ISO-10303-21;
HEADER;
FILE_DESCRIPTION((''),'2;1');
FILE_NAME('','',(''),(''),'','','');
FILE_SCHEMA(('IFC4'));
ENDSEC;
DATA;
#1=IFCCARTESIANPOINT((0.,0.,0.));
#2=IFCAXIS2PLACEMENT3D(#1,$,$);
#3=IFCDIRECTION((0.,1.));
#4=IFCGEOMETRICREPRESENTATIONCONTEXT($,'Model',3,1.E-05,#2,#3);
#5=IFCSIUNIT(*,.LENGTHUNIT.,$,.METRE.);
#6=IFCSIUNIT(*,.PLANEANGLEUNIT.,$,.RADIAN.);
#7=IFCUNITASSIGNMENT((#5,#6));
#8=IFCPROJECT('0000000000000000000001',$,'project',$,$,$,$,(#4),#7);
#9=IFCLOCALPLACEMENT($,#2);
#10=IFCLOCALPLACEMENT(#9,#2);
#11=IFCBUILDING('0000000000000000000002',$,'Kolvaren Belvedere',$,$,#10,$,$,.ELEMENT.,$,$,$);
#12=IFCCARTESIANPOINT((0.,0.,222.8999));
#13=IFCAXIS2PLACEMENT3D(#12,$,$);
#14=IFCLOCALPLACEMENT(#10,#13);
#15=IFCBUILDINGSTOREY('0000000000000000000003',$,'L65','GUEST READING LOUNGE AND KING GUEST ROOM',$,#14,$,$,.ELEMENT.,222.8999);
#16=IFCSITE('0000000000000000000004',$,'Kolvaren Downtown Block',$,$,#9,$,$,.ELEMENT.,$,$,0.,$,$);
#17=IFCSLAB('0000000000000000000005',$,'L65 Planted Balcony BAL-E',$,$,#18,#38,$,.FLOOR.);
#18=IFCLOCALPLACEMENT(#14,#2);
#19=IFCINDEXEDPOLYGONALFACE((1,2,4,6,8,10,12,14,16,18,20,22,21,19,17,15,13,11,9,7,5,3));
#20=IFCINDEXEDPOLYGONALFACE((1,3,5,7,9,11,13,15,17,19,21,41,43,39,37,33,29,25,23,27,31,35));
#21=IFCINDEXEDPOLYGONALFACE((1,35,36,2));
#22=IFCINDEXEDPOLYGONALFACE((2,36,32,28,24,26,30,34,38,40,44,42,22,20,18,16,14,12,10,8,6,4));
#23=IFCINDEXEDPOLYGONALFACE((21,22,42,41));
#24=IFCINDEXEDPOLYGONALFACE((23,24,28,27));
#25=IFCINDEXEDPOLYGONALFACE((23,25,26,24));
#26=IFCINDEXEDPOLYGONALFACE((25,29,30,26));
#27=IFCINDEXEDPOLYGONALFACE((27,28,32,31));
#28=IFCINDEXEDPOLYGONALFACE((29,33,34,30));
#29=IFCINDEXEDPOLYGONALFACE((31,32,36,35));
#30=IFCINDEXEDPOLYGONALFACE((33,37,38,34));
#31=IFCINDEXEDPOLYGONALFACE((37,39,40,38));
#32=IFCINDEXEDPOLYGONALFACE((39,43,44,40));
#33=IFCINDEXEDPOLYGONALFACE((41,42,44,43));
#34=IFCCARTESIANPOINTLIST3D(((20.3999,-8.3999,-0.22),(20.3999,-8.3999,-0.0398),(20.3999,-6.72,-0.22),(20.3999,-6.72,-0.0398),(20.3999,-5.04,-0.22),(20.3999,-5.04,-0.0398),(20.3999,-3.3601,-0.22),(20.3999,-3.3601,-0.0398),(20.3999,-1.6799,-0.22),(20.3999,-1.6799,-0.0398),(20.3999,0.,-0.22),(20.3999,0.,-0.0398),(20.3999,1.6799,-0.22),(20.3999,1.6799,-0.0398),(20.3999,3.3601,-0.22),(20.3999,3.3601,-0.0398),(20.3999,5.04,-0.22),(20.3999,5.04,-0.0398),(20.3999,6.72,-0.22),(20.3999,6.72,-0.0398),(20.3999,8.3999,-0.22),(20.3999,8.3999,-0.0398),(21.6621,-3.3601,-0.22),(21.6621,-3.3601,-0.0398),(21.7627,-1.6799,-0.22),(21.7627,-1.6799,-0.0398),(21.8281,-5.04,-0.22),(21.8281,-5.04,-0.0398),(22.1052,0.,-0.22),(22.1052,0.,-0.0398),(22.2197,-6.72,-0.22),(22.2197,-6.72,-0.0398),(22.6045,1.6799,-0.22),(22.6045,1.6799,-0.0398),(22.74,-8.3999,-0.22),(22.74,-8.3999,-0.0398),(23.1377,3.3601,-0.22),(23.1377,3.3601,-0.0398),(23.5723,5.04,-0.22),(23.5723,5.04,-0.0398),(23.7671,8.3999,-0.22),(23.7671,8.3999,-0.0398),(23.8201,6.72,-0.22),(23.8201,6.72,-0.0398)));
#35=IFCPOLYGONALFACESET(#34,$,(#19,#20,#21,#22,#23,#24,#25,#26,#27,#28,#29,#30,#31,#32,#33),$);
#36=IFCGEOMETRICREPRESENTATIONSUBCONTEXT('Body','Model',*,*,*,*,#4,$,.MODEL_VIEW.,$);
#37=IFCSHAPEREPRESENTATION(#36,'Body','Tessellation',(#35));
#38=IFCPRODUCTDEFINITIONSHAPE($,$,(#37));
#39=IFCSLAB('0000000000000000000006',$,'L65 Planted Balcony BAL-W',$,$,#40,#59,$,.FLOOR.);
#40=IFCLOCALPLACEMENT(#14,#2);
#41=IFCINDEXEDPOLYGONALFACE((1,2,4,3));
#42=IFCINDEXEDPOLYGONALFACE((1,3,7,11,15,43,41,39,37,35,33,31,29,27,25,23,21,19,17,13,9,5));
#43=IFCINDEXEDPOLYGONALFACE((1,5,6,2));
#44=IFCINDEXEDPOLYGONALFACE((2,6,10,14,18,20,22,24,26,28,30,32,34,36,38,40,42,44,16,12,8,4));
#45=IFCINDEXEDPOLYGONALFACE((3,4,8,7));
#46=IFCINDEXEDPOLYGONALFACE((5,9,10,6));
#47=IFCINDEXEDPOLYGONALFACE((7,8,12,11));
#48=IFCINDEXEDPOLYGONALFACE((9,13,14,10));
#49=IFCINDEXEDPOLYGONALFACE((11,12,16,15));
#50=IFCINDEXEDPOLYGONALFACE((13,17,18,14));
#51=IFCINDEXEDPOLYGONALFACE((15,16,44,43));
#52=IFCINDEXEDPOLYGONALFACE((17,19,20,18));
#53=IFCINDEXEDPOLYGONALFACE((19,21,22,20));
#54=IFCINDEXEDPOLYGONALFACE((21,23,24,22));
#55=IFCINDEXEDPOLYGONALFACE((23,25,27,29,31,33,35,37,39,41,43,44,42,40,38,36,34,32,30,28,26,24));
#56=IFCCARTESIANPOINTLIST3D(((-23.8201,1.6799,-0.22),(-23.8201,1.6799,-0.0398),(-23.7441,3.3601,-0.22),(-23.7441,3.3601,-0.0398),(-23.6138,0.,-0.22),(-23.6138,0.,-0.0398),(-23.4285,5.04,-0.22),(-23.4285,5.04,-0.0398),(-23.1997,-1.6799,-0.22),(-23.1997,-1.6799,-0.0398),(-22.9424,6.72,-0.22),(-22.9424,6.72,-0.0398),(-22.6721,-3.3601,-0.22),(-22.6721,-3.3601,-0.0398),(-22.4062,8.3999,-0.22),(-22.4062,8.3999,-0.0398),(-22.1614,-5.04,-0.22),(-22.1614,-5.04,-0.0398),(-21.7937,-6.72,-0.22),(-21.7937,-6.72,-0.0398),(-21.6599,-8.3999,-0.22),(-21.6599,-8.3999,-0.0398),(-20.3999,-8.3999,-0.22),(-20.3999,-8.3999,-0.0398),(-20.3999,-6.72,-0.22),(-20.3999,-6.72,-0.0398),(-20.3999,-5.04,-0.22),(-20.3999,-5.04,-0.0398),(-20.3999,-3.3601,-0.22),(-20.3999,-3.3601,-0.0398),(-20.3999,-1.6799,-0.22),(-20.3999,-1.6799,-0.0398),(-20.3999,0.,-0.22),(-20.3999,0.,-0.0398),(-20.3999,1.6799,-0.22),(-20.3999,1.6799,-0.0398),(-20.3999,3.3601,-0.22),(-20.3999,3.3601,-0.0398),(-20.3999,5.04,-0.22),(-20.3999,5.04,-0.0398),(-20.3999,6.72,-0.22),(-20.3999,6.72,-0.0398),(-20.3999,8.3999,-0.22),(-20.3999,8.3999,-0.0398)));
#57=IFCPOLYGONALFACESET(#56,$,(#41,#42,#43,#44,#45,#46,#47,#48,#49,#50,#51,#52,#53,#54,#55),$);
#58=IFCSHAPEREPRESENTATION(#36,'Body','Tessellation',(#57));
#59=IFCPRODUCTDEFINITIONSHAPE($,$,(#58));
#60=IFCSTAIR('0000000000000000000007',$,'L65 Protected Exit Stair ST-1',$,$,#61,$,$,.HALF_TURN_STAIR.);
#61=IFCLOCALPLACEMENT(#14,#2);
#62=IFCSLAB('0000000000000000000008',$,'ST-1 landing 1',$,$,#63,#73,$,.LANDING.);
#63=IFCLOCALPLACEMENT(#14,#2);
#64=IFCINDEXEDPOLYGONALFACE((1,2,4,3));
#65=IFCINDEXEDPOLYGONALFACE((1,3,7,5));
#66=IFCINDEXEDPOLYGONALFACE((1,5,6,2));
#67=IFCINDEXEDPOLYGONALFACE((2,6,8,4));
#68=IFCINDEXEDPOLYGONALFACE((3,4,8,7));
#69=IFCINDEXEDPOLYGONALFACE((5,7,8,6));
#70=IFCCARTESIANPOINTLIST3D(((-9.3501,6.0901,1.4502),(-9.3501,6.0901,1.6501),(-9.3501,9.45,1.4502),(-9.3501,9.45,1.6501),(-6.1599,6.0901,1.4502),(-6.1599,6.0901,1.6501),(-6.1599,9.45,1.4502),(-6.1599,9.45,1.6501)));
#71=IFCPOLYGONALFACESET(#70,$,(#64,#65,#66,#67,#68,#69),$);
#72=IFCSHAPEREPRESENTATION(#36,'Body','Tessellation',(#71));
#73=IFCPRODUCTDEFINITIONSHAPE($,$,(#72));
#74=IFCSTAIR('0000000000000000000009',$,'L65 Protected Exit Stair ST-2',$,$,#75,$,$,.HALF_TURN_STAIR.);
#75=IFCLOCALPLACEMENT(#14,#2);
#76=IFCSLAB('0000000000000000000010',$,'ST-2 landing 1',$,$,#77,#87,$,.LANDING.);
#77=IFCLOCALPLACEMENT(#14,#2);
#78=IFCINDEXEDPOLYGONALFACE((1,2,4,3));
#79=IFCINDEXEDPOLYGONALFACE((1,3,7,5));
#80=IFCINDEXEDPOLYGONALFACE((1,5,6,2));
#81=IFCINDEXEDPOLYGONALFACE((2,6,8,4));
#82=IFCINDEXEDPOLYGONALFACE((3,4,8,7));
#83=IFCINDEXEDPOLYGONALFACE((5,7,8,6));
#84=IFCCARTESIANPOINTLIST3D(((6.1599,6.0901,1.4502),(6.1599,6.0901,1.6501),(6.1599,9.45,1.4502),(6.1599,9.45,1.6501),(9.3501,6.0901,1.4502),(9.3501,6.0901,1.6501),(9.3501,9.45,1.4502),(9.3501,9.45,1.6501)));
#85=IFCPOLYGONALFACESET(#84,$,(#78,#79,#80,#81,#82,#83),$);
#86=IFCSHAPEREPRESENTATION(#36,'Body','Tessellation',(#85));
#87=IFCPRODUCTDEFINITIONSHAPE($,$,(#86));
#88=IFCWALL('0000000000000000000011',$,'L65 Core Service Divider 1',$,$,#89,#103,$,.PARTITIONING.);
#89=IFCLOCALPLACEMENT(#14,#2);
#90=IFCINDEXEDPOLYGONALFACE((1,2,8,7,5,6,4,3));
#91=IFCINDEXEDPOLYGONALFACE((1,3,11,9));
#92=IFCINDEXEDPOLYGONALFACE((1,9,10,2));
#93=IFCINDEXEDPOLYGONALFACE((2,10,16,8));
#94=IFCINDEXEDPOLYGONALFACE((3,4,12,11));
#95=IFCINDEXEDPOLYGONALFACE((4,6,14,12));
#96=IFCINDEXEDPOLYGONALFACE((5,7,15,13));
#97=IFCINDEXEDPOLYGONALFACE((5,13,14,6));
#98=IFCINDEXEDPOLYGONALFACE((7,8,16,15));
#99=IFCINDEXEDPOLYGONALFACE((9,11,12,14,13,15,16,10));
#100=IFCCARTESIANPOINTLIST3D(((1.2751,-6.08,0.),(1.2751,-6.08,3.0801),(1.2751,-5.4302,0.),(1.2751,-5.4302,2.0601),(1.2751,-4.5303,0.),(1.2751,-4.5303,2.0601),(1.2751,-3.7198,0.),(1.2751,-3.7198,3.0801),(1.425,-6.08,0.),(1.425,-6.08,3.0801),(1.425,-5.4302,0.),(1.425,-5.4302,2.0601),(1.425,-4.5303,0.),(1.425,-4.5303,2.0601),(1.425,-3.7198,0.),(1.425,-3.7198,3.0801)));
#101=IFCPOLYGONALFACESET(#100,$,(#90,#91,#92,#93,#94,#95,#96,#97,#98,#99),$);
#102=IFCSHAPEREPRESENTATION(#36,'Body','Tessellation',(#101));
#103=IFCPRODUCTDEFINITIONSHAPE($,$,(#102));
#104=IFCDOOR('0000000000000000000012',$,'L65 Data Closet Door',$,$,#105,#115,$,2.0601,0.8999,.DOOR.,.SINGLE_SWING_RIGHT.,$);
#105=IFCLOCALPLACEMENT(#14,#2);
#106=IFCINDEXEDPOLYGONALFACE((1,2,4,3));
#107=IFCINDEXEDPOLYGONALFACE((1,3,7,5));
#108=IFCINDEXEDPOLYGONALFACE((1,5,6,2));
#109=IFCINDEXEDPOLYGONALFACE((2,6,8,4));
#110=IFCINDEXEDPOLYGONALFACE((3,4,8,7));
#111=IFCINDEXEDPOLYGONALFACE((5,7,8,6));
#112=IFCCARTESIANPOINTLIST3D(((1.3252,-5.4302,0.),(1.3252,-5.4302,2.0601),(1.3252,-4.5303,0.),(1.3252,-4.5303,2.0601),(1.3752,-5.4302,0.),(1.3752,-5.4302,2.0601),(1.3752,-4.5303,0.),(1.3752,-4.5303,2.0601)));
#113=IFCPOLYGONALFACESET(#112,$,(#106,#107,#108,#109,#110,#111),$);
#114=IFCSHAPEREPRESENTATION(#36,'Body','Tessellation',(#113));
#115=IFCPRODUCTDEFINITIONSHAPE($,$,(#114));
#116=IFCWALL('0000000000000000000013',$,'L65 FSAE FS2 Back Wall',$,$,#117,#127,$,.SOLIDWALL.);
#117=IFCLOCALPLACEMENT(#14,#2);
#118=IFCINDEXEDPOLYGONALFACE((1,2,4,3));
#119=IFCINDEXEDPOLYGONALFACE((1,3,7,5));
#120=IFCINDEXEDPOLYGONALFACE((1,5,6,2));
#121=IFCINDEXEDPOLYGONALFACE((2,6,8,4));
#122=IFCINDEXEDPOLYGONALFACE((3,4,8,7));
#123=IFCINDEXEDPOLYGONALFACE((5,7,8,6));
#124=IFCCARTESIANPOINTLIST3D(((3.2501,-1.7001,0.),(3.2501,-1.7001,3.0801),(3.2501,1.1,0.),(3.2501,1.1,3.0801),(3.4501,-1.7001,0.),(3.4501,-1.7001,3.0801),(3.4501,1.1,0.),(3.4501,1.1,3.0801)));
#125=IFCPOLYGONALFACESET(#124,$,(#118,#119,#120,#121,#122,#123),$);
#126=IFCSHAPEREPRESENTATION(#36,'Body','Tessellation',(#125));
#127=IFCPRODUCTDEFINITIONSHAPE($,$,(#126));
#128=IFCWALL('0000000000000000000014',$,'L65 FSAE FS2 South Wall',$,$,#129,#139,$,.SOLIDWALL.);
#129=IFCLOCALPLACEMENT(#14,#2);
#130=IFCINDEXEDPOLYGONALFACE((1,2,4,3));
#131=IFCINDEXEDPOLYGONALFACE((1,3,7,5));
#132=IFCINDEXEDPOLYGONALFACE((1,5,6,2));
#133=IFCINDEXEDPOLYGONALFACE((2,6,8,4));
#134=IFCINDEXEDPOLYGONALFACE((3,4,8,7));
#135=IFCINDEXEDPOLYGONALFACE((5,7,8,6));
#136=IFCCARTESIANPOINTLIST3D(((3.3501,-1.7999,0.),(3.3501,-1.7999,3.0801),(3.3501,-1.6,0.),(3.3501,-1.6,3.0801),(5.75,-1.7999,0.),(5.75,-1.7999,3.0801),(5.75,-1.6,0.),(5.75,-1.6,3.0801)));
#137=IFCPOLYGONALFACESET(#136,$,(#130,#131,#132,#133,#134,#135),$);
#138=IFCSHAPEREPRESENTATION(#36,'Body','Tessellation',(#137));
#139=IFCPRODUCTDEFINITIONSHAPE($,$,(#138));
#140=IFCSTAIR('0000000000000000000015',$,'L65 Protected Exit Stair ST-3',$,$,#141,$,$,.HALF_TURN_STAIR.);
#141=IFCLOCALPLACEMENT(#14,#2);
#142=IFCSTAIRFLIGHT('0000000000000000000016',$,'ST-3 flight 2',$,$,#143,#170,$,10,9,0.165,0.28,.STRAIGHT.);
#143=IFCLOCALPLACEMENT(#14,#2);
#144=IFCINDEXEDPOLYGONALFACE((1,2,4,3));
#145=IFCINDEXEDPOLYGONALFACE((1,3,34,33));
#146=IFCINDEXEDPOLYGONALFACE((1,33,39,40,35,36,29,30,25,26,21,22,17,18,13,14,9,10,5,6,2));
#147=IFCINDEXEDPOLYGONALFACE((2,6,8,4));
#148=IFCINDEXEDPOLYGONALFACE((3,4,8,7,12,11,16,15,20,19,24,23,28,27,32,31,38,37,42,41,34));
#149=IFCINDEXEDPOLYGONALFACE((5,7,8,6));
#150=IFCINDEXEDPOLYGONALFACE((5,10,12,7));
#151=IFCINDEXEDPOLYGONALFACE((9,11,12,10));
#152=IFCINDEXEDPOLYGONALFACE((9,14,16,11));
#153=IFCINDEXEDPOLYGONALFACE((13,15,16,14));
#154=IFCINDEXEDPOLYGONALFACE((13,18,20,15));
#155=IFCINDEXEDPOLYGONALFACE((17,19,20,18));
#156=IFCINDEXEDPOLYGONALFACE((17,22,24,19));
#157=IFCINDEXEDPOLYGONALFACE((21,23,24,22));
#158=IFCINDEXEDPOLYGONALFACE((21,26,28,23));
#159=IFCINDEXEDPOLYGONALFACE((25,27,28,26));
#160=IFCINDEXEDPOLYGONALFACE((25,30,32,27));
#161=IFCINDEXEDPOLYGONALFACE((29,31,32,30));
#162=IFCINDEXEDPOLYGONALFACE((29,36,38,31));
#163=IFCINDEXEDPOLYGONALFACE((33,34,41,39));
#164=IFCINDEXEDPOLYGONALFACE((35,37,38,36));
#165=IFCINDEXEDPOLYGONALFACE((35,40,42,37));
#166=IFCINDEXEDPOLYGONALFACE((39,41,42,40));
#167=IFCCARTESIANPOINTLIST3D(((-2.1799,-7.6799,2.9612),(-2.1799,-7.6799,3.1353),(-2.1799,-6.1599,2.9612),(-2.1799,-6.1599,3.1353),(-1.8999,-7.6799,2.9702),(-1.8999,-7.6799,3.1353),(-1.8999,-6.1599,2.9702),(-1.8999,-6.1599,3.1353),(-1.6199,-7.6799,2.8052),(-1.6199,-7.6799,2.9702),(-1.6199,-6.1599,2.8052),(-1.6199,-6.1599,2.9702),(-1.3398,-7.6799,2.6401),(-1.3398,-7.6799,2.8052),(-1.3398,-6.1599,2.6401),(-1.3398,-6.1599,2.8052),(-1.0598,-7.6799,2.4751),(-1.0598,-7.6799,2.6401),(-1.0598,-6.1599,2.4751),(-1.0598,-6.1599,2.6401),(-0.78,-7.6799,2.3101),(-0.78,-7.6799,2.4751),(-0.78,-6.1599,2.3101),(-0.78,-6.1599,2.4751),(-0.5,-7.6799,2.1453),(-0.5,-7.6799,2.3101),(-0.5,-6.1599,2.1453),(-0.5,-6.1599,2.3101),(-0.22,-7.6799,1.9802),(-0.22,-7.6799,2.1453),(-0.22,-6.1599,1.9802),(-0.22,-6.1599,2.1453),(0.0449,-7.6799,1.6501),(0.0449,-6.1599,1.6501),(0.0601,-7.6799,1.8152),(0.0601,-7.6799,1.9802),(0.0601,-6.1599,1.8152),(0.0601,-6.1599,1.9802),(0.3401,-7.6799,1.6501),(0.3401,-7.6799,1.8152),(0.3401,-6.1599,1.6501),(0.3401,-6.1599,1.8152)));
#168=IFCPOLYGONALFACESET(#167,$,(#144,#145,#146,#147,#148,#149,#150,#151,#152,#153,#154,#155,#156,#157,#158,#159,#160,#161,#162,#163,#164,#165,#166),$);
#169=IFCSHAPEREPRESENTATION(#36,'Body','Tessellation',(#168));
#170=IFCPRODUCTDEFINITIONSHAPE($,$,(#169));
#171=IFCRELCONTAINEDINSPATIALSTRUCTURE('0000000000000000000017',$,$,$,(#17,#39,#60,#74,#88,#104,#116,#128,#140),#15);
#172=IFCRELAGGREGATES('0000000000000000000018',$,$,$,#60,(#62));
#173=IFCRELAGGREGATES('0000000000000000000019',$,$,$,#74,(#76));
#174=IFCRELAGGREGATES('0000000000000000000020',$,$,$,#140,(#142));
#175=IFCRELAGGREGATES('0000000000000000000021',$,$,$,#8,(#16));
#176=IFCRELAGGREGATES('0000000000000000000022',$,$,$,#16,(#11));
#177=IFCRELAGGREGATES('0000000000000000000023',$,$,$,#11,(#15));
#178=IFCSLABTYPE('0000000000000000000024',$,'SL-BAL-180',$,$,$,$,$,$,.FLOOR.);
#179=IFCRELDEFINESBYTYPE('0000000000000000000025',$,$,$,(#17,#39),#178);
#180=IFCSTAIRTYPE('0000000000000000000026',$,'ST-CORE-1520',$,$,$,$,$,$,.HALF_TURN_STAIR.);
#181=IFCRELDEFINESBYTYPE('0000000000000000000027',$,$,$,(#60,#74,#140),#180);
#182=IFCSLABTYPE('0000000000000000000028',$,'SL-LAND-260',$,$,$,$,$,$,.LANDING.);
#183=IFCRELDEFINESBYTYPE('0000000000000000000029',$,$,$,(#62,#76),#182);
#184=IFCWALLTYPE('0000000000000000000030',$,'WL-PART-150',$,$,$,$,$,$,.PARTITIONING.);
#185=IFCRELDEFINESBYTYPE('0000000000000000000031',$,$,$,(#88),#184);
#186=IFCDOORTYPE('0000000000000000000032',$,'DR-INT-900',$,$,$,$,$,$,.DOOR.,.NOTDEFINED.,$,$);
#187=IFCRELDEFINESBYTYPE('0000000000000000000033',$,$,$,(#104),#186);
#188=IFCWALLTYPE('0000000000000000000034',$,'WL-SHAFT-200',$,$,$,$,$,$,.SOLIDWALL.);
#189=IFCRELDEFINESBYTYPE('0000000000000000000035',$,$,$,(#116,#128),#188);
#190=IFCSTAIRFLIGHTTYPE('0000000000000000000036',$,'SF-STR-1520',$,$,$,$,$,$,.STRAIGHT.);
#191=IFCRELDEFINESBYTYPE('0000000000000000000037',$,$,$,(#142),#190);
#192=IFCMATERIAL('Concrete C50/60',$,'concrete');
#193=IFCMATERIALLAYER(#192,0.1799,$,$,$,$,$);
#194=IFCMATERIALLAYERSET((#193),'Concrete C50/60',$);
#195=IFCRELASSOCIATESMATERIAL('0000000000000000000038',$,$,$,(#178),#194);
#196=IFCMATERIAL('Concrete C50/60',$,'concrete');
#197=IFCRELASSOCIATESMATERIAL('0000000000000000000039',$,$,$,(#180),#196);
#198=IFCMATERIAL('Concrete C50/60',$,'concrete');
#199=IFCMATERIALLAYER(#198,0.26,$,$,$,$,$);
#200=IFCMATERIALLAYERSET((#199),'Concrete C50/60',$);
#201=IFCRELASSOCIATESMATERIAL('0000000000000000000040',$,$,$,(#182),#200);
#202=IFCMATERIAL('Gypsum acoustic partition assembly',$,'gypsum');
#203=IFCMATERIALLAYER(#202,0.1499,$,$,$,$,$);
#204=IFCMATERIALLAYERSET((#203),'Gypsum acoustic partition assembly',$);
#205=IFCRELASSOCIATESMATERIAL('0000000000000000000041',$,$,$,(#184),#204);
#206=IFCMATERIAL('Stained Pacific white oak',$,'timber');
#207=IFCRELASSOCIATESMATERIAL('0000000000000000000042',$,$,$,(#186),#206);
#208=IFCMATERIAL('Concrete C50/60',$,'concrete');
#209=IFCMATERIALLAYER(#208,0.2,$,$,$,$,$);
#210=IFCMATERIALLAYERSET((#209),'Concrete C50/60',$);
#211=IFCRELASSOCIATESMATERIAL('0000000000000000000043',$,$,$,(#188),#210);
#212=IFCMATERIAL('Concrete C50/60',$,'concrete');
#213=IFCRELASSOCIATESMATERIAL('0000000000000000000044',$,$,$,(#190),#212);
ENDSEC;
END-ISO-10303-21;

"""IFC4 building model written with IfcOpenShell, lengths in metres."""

from ifc_helpers import new_model, si_unit, direction, frame, frame_2d, origin, place, context, subcontext, project, spatial, polyline, rectangle, outline, extrude, material, layer, layer_set, type_object, element, fill, aggregate, save


model = new_model("IFC4")

# Units and contexts
model_context = context("Model", 3, precision=1e-05, world=origin(), true_north=direction((0.0, 1.0)))
body_context = subcontext(model_context, "Body", "Model", "MODEL_VIEW")
ifc_project = project(units=[si_unit("LENGTHUNIT", "METRE"), si_unit("PLANEANGLEUNIT", "RADIAN")], contexts=[model_context])

# Site, building, storey
site_placement = place(None, origin())
site = spatial("IfcSite", under=ifc_project, at=site_placement, Name="Kolvaren Downtown Block", CompositionType="ELEMENT", RefElevation=0.0)
building_placement = place(site_placement, origin())
building = spatial("IfcBuilding", under=site, at=building_placement, Name="Kolvaren Belvedere", CompositionType="ELEMENT")
storey_placement = place(building_placement, frame((0.0, 0.0, 222.8999)))
storey = spatial("IfcBuildingStorey", under=building, at=storey_placement, Name="L65", Description="GUEST READING LOUNGE AND KING GUEST ROOM", CompositionType="ELEMENT", Elevation=222.8999)

# Slabs
ifc_material_1 = material(Name="Concrete C50/60", Category="concrete")
ifc_layer_1 = layer(ifc_material_1, 0.1799)
ifc_layer_set_1 = layer_set([ifc_layer_1], Name="Concrete C50/60")
slab_type_1 = type_object("IfcSlabType", Name="SL-BAL-180", PredefinedType="FLOOR", material=ifc_layer_set_1)
slab_1_placement = place(storey_placement, frame((0.0, 0.0, -0.22)))
element("IfcSlab", 1, at=slab_1_placement, inside=storey, type_object=slab_type_1, Name="L65 Planted Balcony BAL-E", PredefinedType="FLOOR", context=body_context, shape_type="SweptSolid", body=[
    extrude(outline(polyline([(22.74, -8.3999), (22.2197, -6.72), (21.8281, -5.04), (21.6621, -3.3601), (21.7627, -1.6799), (22.1052, 0.0), (22.6045, 1.6799), (23.1377, 3.3601), (23.5723, 5.04), (23.8201, 6.72), (23.7671, 8.3999), (20.3999, 8.3999), (20.3999, 6.72), (20.3999, 5.04), (20.3999, 3.3601), (20.3999, 1.6799), (20.3999, 0.0), (20.3999, -1.6799), (20.3999, -3.3601), (20.3999, -5.04), (20.3999, -6.72), (20.3999, -8.3999), (22.74, -8.3999)])), origin(), (0.0, 0.0, 1.0), 0.1802),
])
slab_2_placement = place(storey_placement, frame((0.0, 0.0, -0.22)))
element("IfcSlab", 2, at=slab_2_placement, inside=storey, type_object=slab_type_1, Name="L65 Planted Balcony BAL-W", PredefinedType="FLOOR", context=body_context, shape_type="SweptSolid", body=[
    extrude(outline(polyline([(-22.4062, 8.3999), (-22.9424, 6.72), (-23.4285, 5.04), (-23.7441, 3.3601), (-23.8201, 1.6799), (-23.6138, 0.0), (-23.1997, -1.6799), (-22.6721, -3.3601), (-22.1614, -5.04), (-21.7937, -6.72), (-21.6599, -8.3999), (-20.3999, -8.3999), (-20.3999, -6.72), (-20.3999, -5.04), (-20.3999, -3.3601), (-20.3999, -1.6799), (-20.3999, 0.0), (-20.3999, 1.6799), (-20.3999, 3.3601), (-20.3999, 5.04), (-20.3999, 6.72), (-20.3999, 8.3999), (-22.4062, 8.3999)])), origin(), (0.0, 0.0, 1.0), 0.1802),
])

# Stairs, slabs
ifc_material_2 = material(Name="Concrete C50/60", Category="concrete")
stair_type = type_object("IfcStairType", Name="ST-CORE-1520", PredefinedType="HALF_TURN_STAIR", material=ifc_material_2)
stair_1_placement = place(storey_placement, origin())
stair_1 = element("IfcStair", 3, at=stair_1_placement, inside=storey, type_object=stair_type, Name="L65 Protected Exit Stair ST-1", PredefinedType="HALF_TURN_STAIR")
ifc_material_3 = material(Name="Concrete C50/60", Category="concrete")
ifc_layer_2 = layer(ifc_material_3, 0.26)
ifc_layer_set_2 = layer_set([ifc_layer_2], Name="Concrete C50/60")
slab_type_2 = type_object("IfcSlabType", Name="SL-LAND-260", PredefinedType="LANDING", material=ifc_layer_set_2)
slab_3_placement = place(storey_placement, frame((0.0, 0.0, 1.4502)))
slab_3 = element("IfcSlab", 4, at=slab_3_placement, type_object=slab_type_2, Name="ST-1 landing 1", PredefinedType="LANDING", context=body_context, shape_type="SweptSolid", body=[
    extrude(outline(polyline([(-6.1599, 6.0901), (-6.1599, 9.45), (-9.3501, 9.45), (-9.3501, 6.0901), (-6.1599, 6.0901)])), origin(), (0.0, 0.0, 1.0), 0.2),
])
aggregate(stair_1, [slab_3])
stair_2_placement = place(storey_placement, origin())
stair_2 = element("IfcStair", 5, at=stair_2_placement, inside=storey, type_object=stair_type, Name="L65 Protected Exit Stair ST-2", PredefinedType="HALF_TURN_STAIR")
slab_4_placement = place(storey_placement, frame((0.0, 0.0, 1.4502)))
slab_4 = element("IfcSlab", 6, at=slab_4_placement, type_object=slab_type_2, Name="ST-2 landing 1", PredefinedType="LANDING", context=body_context, shape_type="SweptSolid", body=[
    extrude(outline(polyline([(9.3501, 6.0901), (9.3501, 9.45), (6.1599, 9.45), (6.1599, 6.0901), (9.3501, 6.0901)])), origin(), (0.0, 0.0, 1.0), 0.2),
])
aggregate(stair_2, [slab_4])

# Wall, opening, door
ifc_material_4 = material(Name="Gypsum acoustic partition assembly", Category="gypsum")
ifc_layer_3 = layer(ifc_material_4, 0.1499)
ifc_layer_set_3 = layer_set([ifc_layer_3], Name="Gypsum acoustic partition assembly")
wall_type_1 = type_object("IfcWallType", Name="WL-PART-150", PredefinedType="PARTITIONING", material=ifc_layer_set_3)
wall_1_placement = place(storey_placement, frame((1.3501, -6.0801, 0.0), z_axis=(0.0, 0.0, 1.0), x_axis=(0.0, 1.0, 0.0)))
wall_1 = element("IfcWall", 7, at=wall_1_placement, inside=storey, type_object=wall_type_1, Name="L65 Core Service Divider 1", PredefinedType="PARTITIONING", context=body_context, shape_type="SweptSolid", body=[
    extrude(rectangle(XDim=2.3601, YDim=0.1499, at=frame_2d((1.1802, 0.0))), origin(), (0.0, 0.0, 1.0), 3.0801),
])
opening_placement = place(wall_1_placement, frame((0.6499, 0.0, 0.0)))
opening = element("IfcOpeningElement", 8, at=opening_placement, cuts=wall_1, PredefinedType="OPENING", context=body_context, shape_type="SweptSolid", body=[
    extrude(rectangle(XDim=0.8999, YDim=2.0601, at=frame_2d((0.45, 1.03))), frame((0.0, 0.085, 0.0), z_axis=(0.0, -1.0, 0.0), x_axis=(1.0, 0.0, 0.0)), (0.0, 0.0, 1.0), 0.1699),
])
ifc_material_5 = material(Name="Stained Pacific white oak", Category="timber")
door_type = type_object("IfcDoorType", Name="DR-INT-900", OperationType="NOTDEFINED", PredefinedType="DOOR", material=ifc_material_5)
door_placement = place(opening_placement, origin())
door = element("IfcDoor", 9, at=door_placement, inside=storey, type_object=door_type, Name="L65 Data Closet Door", OperationType="SINGLE_SWING_RIGHT", OverallHeight=2.0601, OverallWidth=0.8999, PredefinedType="DOOR", context=body_context, shape_type="SweptSolid", body=[
    extrude(rectangle(XDim=0.8999, YDim=2.0601, at=frame_2d((0.45, 1.03))), frame((0.0, 0.0249, 0.0), z_axis=(0.0, -1.0, 0.0), x_axis=(1.0, 0.0, 0.0)), (0.0, 0.0, 1.0), 0.05),
])
fill(opening, door)

# Walls
ifc_material_6 = material(Name="Concrete C50/60", Category="concrete")
ifc_layer_4 = layer(ifc_material_6, 0.2)
ifc_layer_set_4 = layer_set([ifc_layer_4], Name="Concrete C50/60")
wall_type_2 = type_object("IfcWallType", Name="WL-SHAFT-200", PredefinedType="SOLIDWALL", material=ifc_layer_set_4)
wall_2_placement = place(storey_placement, frame((3.3501, -1.7, 0.0), z_axis=(0.0, 0.0, 1.0), x_axis=(0.0, 1.0, 0.0)))
element("IfcWall", 10, at=wall_2_placement, inside=storey, type_object=wall_type_2, Name="L65 FSAE FS2 Back Wall", PredefinedType="SOLIDWALL", context=body_context, shape_type="SweptSolid", body=[
    extrude(rectangle(XDim=2.8, YDim=0.2, at=frame_2d((1.3999, 0.0))), origin(), (0.0, 0.0, 1.0), 3.0801),
])
wall_3_placement = place(storey_placement, frame((3.3501, -1.7, 0.0), z_axis=(0.0, 0.0, 1.0), x_axis=(1.0, 0.0, 0.0)))
element("IfcWall", 11, at=wall_3_placement, inside=storey, type_object=wall_type_2, Name="L65 FSAE FS2 South Wall", PredefinedType="SOLIDWALL", context=body_context, shape_type="SweptSolid", body=[
    extrude(rectangle(XDim=2.3999, YDim=0.2, at=frame_2d((1.2, 0.0))), origin(), (0.0, 0.0, 1.0), 3.0801),
])

# Stair, stair flight
stair_3_placement = place(storey_placement, origin())
stair_3 = element("IfcStair", 12, at=stair_3_placement, inside=storey, type_object=stair_type, Name="L65 Protected Exit Stair ST-3", PredefinedType="HALF_TURN_STAIR")
ifc_material_7 = material(Name="Concrete C50/60", Category="concrete")
stair_flight_type = type_object("IfcStairFlightType", Name="SF-STR-1520", PredefinedType="STRAIGHT", material=ifc_material_7)
stair_flight_placement = place(storey_placement, frame((0.3401, -6.9199, 1.6501), z_axis=(0.0, 0.0, 1.0), x_axis=(-1.0, 0.0, 0.0)))
stair_flight = element("IfcStairFlight", 13, at=stair_flight_placement, type_object=stair_flight_type, Name="ST-3 flight 2", NumberOfRisers=10, NumberOfTreads=9, PredefinedType="STRAIGHT", RiserHeight=0.165, TreadLength=0.28, context=body_context, shape_type="SweptSolid", body=[
    extrude(outline(polyline([(0.0, 0.0), (0.0, 0.165), (0.28, 0.165), (0.28, 0.3301), (0.5601, 0.3301), (0.5601, 0.4951), (0.8401, 0.4951), (0.8401, 0.6599), (1.1201, 0.6599), (1.1201, 0.825), (1.3999, 0.825), (1.3999, 0.99), (1.6799, 0.99), (1.6799, 1.155), (1.96, 1.155), (1.96, 1.3201), (2.24, 1.3201), (2.24, 1.4851), (2.52, 1.4851), (2.52, 1.6499), (2.52, 1.311), (0.2952, 0.0), (0.0, 0.0)])), frame((0.0, 0.76, 0.0), z_axis=(0.0, -1.0, 0.0), x_axis=(1.0, 0.0, 0.0)), (0.0, 0.0, 1.0), 1.52),
])
aggregate(stair_3, [stair_flight])

save(model, "model.ifc")
